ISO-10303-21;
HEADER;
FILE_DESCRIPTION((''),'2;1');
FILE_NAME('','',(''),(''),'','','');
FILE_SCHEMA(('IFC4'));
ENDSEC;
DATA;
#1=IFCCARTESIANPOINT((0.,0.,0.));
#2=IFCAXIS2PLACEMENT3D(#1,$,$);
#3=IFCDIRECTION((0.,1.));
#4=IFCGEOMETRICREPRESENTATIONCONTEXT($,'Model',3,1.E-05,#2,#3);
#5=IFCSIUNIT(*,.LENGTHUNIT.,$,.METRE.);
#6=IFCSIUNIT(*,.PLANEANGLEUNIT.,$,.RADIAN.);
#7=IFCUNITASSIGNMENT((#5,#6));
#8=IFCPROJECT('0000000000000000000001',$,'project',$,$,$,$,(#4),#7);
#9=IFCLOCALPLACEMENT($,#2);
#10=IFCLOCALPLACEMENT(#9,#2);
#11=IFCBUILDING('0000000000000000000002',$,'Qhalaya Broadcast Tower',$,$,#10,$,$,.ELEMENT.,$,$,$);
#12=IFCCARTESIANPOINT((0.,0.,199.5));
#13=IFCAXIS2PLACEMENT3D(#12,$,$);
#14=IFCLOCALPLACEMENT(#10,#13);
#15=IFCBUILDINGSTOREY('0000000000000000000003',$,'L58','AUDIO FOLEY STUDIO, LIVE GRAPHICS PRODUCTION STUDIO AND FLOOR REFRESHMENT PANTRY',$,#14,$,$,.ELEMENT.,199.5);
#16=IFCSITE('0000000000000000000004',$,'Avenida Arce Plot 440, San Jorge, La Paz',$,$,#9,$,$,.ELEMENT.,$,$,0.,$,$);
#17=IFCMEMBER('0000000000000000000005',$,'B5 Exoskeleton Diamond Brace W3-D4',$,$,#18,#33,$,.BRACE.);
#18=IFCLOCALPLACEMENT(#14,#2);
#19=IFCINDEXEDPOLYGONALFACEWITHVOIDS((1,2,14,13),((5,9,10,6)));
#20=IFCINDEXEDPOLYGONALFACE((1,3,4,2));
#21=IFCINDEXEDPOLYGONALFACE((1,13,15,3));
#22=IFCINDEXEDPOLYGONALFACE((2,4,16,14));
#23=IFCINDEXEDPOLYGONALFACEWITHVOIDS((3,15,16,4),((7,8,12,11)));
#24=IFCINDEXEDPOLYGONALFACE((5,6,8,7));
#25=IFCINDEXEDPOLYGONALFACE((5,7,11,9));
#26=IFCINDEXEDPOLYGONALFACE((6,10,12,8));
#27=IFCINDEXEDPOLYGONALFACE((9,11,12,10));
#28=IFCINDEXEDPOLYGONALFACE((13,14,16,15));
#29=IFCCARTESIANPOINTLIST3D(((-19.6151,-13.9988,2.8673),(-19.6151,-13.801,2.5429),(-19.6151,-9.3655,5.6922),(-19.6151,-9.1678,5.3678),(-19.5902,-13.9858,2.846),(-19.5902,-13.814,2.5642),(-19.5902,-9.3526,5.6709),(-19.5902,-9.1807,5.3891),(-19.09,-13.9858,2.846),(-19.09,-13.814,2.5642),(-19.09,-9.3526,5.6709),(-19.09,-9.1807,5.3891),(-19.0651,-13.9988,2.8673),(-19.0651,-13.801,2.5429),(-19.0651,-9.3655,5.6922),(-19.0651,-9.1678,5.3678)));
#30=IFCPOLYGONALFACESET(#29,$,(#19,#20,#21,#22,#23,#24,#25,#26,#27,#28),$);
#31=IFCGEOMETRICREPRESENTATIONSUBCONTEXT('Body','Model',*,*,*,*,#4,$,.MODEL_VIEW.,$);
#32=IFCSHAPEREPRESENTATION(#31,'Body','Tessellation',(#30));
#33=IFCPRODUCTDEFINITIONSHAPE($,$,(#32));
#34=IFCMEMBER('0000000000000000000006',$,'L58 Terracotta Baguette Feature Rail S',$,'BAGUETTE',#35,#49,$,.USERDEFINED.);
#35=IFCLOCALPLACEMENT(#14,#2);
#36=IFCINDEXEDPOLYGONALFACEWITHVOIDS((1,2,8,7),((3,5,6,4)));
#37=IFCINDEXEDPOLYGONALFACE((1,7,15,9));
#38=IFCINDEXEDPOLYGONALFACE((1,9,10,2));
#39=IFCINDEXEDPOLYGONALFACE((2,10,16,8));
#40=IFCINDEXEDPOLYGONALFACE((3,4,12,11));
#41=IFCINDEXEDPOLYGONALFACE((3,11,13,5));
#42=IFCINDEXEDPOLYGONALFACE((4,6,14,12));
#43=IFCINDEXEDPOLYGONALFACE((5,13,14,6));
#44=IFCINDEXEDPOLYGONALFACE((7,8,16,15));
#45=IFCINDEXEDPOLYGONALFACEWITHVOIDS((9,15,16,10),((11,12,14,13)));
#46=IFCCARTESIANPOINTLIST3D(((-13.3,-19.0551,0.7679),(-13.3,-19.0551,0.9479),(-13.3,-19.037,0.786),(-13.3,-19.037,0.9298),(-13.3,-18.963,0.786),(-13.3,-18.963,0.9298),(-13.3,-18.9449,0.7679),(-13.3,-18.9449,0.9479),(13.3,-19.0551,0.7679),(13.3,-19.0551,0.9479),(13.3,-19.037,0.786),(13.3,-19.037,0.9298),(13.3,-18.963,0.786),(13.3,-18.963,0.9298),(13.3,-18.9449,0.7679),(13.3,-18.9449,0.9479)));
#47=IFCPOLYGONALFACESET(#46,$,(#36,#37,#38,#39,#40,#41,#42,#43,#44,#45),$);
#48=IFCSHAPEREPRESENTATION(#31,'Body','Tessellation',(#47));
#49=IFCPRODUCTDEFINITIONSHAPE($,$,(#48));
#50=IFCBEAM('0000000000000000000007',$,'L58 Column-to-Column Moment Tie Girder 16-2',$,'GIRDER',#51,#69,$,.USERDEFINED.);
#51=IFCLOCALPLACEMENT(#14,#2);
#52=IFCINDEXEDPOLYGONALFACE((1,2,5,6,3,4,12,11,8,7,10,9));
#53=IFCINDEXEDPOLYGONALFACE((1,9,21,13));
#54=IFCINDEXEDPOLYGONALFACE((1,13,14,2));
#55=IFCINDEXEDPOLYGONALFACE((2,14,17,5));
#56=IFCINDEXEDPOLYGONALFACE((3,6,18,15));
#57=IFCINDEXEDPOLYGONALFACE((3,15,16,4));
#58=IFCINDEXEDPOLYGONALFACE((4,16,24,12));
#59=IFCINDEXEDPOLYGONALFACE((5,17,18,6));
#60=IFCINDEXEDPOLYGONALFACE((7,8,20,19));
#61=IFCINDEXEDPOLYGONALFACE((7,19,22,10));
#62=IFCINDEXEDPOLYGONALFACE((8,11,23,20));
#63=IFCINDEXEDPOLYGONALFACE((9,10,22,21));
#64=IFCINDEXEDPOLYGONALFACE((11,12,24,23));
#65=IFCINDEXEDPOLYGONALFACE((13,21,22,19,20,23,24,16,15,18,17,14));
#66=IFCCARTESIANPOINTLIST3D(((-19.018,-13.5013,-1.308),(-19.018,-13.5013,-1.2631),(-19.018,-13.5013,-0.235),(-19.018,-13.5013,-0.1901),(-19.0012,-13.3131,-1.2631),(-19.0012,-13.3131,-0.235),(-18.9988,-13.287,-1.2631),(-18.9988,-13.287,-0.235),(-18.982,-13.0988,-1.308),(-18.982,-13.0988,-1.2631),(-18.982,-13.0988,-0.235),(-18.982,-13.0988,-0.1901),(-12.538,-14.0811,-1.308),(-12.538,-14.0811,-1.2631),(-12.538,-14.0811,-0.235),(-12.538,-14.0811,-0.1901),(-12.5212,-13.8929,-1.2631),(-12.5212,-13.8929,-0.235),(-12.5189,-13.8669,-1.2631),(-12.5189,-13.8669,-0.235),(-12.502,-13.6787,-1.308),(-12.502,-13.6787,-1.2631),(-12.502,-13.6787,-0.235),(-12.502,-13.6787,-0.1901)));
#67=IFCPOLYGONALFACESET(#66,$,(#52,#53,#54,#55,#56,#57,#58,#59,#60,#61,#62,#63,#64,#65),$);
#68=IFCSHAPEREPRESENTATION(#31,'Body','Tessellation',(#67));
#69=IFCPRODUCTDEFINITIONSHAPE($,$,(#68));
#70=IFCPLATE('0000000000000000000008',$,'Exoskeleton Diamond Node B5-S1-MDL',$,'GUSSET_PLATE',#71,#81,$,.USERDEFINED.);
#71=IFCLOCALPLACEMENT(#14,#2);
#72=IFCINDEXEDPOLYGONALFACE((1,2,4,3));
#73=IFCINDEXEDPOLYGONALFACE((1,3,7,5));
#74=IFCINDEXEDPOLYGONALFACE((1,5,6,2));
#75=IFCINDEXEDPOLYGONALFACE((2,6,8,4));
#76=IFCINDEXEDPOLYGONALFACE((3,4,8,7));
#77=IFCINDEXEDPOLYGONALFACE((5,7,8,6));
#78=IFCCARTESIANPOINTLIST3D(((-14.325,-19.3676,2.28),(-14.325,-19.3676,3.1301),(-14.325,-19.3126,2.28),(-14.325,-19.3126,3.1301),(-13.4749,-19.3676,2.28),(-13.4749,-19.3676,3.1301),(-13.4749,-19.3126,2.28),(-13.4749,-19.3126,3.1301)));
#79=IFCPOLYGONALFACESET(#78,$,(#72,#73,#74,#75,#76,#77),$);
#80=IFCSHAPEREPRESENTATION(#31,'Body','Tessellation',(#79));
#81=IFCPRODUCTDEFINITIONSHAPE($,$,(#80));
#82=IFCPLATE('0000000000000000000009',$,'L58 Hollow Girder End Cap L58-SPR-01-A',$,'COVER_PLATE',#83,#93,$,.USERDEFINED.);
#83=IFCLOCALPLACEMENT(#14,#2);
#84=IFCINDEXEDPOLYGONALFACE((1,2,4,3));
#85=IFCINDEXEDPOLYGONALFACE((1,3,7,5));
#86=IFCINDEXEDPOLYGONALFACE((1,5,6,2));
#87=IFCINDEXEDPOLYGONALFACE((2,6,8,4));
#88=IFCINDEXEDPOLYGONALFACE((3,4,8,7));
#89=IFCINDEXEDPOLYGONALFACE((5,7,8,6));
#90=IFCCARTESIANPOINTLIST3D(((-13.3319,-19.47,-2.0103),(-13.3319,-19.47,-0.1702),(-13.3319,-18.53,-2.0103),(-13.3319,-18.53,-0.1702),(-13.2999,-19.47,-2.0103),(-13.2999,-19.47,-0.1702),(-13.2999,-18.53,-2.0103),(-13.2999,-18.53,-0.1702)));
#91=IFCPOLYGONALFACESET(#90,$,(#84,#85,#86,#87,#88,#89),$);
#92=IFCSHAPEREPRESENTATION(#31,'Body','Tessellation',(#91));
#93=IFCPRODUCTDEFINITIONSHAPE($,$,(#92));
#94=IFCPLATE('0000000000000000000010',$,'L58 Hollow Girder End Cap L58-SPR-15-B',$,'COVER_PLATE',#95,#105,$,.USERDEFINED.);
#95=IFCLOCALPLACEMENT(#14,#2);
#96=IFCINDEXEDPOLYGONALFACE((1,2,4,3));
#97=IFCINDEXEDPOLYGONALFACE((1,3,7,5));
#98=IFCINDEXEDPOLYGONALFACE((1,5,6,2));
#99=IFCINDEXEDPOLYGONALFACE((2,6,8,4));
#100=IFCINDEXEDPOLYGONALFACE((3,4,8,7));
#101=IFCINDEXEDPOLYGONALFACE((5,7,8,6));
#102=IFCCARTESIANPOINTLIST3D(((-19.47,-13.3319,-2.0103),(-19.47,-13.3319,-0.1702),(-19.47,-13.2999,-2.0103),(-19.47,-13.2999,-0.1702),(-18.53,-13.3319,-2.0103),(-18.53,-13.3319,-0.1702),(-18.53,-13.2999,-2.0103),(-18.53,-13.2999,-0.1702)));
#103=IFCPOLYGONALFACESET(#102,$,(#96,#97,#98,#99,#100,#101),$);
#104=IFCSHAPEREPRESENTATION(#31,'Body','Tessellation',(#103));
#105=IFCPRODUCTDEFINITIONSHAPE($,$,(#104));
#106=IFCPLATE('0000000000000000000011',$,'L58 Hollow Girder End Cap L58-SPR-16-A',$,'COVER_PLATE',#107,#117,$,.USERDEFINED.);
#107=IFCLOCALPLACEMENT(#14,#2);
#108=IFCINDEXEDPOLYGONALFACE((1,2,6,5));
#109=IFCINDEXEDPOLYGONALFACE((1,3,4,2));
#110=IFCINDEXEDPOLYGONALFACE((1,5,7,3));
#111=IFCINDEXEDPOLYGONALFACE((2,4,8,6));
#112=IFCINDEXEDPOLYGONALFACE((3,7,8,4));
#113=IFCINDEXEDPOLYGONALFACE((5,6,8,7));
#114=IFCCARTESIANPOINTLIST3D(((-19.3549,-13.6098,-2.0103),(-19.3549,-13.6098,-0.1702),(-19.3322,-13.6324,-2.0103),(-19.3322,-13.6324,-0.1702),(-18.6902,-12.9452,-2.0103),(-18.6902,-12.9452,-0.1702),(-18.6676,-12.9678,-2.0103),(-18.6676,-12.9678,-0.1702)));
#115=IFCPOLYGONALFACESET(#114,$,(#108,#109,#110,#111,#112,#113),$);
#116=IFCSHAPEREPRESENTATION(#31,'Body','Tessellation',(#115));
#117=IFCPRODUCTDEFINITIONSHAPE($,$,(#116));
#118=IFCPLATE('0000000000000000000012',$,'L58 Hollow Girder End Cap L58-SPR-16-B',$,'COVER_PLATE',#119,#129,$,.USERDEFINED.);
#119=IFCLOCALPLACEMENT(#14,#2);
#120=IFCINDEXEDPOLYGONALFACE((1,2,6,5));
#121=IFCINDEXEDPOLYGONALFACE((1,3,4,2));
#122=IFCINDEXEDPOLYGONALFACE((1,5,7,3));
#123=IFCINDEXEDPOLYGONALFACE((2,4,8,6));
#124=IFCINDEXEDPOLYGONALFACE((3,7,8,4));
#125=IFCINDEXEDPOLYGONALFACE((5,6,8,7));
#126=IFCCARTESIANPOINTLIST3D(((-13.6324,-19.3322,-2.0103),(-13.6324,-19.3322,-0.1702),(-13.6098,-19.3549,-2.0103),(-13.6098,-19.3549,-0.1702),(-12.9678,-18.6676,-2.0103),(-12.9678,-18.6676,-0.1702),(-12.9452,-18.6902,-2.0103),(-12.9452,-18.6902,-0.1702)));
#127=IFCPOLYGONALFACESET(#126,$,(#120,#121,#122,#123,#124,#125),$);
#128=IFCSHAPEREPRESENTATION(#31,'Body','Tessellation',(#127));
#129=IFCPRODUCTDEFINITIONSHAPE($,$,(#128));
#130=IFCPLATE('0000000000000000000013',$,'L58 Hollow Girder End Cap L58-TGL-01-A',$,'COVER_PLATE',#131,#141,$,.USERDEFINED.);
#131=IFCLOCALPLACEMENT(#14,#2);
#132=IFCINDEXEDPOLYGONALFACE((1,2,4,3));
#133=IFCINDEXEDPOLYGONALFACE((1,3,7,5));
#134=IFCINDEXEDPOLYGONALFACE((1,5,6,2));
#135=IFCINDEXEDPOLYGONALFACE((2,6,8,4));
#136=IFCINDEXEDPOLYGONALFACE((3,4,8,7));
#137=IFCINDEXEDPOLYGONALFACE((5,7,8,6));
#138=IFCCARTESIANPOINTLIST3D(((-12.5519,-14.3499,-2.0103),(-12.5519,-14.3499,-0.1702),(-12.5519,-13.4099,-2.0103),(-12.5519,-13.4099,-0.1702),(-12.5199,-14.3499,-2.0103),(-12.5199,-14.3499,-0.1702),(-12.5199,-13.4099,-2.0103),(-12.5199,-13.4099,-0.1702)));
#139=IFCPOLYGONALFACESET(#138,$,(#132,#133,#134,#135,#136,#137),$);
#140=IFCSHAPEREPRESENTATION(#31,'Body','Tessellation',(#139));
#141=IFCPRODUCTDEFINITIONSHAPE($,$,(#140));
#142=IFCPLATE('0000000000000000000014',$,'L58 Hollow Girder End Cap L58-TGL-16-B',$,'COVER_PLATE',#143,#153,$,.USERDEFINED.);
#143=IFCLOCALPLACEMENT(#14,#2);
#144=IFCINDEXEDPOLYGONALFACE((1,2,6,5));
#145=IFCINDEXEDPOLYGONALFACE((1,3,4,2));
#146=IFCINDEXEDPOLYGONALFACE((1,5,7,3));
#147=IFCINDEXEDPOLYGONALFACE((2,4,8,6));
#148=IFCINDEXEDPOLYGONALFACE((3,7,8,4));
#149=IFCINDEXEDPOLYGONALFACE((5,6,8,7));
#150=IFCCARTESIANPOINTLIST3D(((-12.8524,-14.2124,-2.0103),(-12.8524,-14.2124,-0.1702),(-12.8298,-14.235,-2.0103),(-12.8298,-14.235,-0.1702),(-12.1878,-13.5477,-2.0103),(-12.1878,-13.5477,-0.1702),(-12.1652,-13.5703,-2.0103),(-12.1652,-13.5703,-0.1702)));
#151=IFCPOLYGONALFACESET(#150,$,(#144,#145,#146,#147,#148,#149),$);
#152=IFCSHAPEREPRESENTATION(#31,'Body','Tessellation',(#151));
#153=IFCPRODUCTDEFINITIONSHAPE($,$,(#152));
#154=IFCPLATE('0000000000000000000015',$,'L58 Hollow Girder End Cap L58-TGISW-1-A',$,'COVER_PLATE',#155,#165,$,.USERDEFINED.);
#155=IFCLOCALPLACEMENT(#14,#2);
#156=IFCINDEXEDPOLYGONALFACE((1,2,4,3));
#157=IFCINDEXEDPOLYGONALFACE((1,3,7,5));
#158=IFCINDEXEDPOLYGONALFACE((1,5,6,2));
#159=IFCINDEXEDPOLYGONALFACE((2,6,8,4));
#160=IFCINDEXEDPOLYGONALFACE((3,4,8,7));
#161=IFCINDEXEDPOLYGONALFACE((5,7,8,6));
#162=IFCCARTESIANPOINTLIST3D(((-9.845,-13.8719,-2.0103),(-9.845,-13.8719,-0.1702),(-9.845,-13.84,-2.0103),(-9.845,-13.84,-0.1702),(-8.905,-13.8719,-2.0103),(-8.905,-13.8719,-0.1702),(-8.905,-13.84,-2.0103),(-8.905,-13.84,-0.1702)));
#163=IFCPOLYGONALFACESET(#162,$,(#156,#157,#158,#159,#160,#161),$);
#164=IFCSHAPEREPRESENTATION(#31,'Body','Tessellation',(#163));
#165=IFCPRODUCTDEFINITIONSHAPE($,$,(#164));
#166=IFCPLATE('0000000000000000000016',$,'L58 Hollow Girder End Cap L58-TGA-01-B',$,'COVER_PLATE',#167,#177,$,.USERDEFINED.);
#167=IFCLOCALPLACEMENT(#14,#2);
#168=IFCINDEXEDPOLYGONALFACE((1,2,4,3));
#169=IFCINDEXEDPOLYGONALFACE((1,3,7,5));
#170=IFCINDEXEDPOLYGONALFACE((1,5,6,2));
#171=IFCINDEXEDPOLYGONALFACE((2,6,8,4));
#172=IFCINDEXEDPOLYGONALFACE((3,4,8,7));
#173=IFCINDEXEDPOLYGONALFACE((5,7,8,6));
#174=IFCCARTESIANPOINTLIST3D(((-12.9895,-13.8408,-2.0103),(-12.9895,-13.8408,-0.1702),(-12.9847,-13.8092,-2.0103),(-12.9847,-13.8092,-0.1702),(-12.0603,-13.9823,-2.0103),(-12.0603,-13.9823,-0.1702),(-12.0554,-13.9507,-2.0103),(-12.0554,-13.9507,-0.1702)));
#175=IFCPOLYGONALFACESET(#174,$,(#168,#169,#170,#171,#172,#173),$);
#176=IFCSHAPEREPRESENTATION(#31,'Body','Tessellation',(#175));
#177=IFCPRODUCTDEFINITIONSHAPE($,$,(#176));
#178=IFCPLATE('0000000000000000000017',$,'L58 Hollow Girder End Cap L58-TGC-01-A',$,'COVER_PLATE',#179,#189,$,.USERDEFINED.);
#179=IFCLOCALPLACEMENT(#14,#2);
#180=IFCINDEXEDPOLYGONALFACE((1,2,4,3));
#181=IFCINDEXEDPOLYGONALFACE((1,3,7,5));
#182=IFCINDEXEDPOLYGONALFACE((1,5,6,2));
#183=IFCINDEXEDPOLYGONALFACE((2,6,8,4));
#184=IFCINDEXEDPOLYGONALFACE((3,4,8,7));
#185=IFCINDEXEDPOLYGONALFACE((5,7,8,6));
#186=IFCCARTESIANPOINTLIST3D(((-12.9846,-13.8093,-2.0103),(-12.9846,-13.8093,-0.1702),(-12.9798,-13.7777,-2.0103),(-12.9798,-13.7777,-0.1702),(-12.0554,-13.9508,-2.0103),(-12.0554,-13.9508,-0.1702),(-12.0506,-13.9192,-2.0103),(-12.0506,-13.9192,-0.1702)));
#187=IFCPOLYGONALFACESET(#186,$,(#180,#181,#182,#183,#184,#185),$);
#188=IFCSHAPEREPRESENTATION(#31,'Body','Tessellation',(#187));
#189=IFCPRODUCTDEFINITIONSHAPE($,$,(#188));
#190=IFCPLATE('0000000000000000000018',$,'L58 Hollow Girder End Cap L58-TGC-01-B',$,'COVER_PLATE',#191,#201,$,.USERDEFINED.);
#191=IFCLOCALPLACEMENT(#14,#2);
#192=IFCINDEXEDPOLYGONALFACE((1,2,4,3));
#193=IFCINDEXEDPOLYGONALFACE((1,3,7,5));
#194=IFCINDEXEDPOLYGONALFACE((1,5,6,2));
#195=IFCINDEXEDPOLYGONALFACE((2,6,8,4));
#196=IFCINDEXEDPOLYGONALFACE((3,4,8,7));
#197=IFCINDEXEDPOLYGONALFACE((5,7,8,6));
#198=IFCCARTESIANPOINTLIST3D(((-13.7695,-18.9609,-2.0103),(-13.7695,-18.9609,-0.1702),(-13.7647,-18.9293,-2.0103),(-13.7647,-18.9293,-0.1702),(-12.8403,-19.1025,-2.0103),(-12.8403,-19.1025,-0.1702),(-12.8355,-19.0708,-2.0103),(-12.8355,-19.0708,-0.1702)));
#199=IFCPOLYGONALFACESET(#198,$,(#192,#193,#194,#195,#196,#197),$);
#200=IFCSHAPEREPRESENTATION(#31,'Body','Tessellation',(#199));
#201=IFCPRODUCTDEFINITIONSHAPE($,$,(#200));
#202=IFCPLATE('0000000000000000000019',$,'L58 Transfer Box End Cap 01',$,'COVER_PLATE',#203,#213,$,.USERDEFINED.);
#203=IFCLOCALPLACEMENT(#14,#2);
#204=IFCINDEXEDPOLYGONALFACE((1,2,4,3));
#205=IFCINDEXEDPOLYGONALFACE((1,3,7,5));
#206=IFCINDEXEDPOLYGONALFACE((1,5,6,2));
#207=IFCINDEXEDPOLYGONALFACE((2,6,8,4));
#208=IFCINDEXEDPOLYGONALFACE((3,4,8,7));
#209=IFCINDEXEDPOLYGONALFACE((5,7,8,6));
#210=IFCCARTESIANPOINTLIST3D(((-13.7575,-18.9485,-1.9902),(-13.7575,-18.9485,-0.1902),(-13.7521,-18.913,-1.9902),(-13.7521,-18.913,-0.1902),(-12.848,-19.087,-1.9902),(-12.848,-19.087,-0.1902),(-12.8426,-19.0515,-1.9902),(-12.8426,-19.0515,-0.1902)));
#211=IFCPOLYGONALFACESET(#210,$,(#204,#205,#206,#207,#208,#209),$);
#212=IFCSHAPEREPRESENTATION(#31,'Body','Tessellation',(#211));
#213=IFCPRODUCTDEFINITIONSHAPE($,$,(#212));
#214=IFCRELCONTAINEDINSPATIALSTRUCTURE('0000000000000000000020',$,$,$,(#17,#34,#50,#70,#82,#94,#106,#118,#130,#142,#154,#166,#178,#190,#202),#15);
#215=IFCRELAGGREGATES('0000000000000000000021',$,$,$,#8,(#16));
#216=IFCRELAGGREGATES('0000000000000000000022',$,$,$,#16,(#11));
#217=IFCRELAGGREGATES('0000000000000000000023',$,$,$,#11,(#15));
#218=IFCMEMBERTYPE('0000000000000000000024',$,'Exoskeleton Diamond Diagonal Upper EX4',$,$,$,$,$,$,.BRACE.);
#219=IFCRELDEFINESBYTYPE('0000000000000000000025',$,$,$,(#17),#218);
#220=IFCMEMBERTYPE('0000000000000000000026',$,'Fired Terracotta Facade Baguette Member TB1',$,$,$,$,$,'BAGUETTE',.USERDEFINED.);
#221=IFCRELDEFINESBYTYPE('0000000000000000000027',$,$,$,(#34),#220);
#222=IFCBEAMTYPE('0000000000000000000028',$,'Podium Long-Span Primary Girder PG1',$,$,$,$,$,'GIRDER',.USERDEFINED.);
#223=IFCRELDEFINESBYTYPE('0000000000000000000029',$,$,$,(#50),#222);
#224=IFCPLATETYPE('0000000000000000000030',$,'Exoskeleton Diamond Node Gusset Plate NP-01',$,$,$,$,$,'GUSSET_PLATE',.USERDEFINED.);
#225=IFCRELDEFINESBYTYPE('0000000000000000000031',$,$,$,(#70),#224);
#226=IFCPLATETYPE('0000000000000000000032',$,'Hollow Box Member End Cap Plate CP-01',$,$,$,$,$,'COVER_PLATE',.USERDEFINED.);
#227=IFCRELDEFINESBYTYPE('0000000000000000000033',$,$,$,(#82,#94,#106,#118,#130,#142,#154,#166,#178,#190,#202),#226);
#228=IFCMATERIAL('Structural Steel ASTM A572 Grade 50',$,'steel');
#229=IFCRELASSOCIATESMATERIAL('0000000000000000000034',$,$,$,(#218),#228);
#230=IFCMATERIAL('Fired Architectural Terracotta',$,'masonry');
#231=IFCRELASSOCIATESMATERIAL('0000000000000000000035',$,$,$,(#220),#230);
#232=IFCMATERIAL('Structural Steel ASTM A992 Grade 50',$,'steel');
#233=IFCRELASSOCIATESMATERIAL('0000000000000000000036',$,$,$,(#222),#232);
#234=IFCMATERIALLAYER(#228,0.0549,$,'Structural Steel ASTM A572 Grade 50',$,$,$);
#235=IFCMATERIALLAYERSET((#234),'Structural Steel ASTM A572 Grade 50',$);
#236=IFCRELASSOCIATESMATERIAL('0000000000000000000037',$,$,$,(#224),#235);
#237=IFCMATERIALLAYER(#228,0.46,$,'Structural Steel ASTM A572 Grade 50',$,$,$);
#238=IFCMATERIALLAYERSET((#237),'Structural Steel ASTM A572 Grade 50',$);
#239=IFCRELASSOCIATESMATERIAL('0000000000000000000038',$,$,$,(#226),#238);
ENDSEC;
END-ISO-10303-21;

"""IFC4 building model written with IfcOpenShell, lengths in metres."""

from ifc_helpers import new_model, si_unit, direction, frame, origin, origin_2d, place, context, subcontext, project, spatial, rectangle, hollow_rectangle, i_section, extrude, material, layer, layer_set, material_profile, profile_set, type_object, element, save


model = new_model("IFC4")

# Units and contexts
model_context = context("Model", 3, precision=1e-05, world=origin(), true_north=direction((0.0, 1.0)))
body_context = subcontext(model_context, "Body", "Model", "MODEL_VIEW")
ifc_project = project(units=[si_unit("LENGTHUNIT", "METRE"), si_unit("PLANEANGLEUNIT", "RADIAN")], contexts=[model_context])

# Site, building, storey
site_placement = place(None, origin())
site = spatial("IfcSite", under=ifc_project, at=site_placement, Name="Avenida Arce Plot 440, San Jorge, La Paz", CompositionType="ELEMENT", RefElevation=0.0)
building_placement = place(site_placement, origin())
building = spatial("IfcBuilding", under=site, at=building_placement, Name="Qhalaya Broadcast Tower", CompositionType="ELEMENT")
storey_placement = place(building_placement, frame((0.0, 0.0, 199.5)))
storey = spatial("IfcBuildingStorey", under=building, at=storey_placement, Name="L58", Description="AUDIO FOLEY STUDIO, LIVE GRAPHICS PRODUCTION STUDIO AND FLOOR REFRESHMENT PANTRY", CompositionType="ELEMENT", Elevation=199.5)

# Shared definitions
ifc_material_1 = material(Name="Structural Steel ASTM A572 Grade 50", Category="steel")

# Shared definitions
ifc_material_2 = material(Name="Structural Steel ASTM A992 Grade 50", Category="steel")

# Members
ifc_material_profile_1 = material_profile(ifc_material_1, hollow_rectangle(XDim=0.3799, YDim=0.55, WallThickness=0.0249, at=origin_2d()), Name="BOX 380x550x25")
ifc_profile_set_1 = profile_set([ifc_material_profile_1], Name="Structural Steel ASTM A572 Grade 50")
member_type_1 = type_object("IfcMemberType", Name="Exoskeleton Diamond Diagonal Upper EX4", PredefinedType="BRACE", material=ifc_profile_set_1)
for number, where, z_axis, x_axis, name in (
    (1, (-19.3401, -13.8999, 2.7051), (0.0, 0.853815, 0.520576), (0.0, -0.520576, 0.853815), "B5 Exoskeleton Diamond Brace W3-D4"),
):
    element("IfcMember", number, at=place(storey_placement, frame(where, z_axis=z_axis, x_axis=x_axis)), inside=storey, type_object=member_type_1, Name=name, PredefinedType="BRACE", context=body_context, shape_type="SweptSolid", body=[
        extrude(hollow_rectangle(XDim=0.3799, YDim=0.55, WallThickness=0.0249, at=origin_2d()), origin(), (0.0, 0.0, 1.0), 5.4265),
    ])
ifc_material_3 = material(Name="Fired Architectural Terracotta", Category="masonry")
ifc_material_profile_2 = material_profile(ifc_material_3, hollow_rectangle(XDim=0.1101, YDim=0.1799, WallThickness=0.0181, at=origin_2d()), Name="TB-BAG 110x180x18")
ifc_profile_set_2 = profile_set([ifc_material_profile_2], Name="Fired Architectural Terracotta")
member_type_2 = type_object("IfcMemberType", Name="Fired Terracotta Facade Baguette Member TB1", ElementType="BAGUETTE", PredefinedType="USERDEFINED", material=ifc_profile_set_2)
member_placement = place(storey_placement, frame((-13.3, -19.0, 0.8579), z_axis=(1.0, 0.0, 0.0), x_axis=(0.0, 1.0, 0.0)))
element("IfcMember", 2, at=member_placement, inside=storey, type_object=member_type_2, Name="L58 Terracotta Baguette Feature Rail S", ObjectType="BAGUETTE", PredefinedType="USERDEFINED", context=body_context, shape_type="SweptSolid", body=[
    extrude(hollow_rectangle(XDim=0.1101, YDim=0.1799, WallThickness=0.0181, at=origin_2d()), origin(), (0.0, 0.0, 1.0), 26.6001),
])

# Beam
ifc_material_profile_3 = material_profile(ifc_material_2, i_section(OverallWidth=0.4041, OverallDepth=1.1179, WebThickness=0.0261, FlangeThickness=0.0449, at=origin_2d()), Name="W44X335")
ifc_profile_set_3 = profile_set([ifc_material_profile_3], Name="Structural Steel ASTM A992 Grade 50")
beam_type_1 = type_object("IfcBeamType", Name="Podium Long-Span Primary Girder PG1", ElementType="GIRDER", PredefinedType="USERDEFINED", material=ifc_profile_set_3)
beam_1_placement = place(storey_placement, frame((-12.52, -13.8799, -0.749), z_axis=(-0.99602, 0.089125, 0.0), x_axis=(-0.089125, -0.99602, 0.0)))
element("IfcBeam", 3, at=beam_1_placement, inside=storey, type_object=beam_type_1, Name="L58 Column-to-Column Moment Tie Girder 16-2", ObjectType="GIRDER", PredefinedType="USERDEFINED", context=body_context, shape_type="SweptSolid", body=[
    extrude(i_section(OverallWidth=0.4041, OverallDepth=1.1179, WebThickness=0.0261, FlangeThickness=0.0449, at=origin_2d()), origin(), (0.0, 0.0, 1.0), 6.5059),
])

# Plates
ifc_layer_1 = layer(ifc_material_1, 0.0549, Name="Structural Steel ASTM A572 Grade 50")
ifc_layer_set_1 = layer_set([ifc_layer_1], Name="Structural Steel ASTM A572 Grade 50")
plate_type_1 = type_object("IfcPlateType", Name="Exoskeleton Diamond Node Gusset Plate NP-01", ElementType="GUSSET_PLATE", PredefinedType="USERDEFINED", material=ifc_layer_set_1)
plate_1_placement = place(storey_placement, frame((-13.8999, -19.3401, 2.28), z_axis=(0.0, 0.0, 1.0), x_axis=(1.0, 0.0, 0.0)))
element("IfcPlate", 4, at=plate_1_placement, inside=storey, type_object=plate_type_1, Name="Exoskeleton Diamond Node B5-S1-MDL", ObjectType="GUSSET_PLATE", PredefinedType="USERDEFINED", context=body_context, shape_type="SweptSolid", body=[
    extrude(rectangle(XDim=0.8501, YDim=0.0549, at=origin_2d()), origin(), (0.0, 0.0, 1.0), 0.8501),
])
ifc_layer_2 = layer(ifc_material_1, 0.46, Name="Structural Steel ASTM A572 Grade 50")
ifc_layer_set_2 = layer_set([ifc_layer_2], Name="Structural Steel ASTM A572 Grade 50")
plate_type_2 = type_object("IfcPlateType", Name="Hollow Box Member End Cap Plate CP-01", ElementType="COVER_PLATE", PredefinedType="USERDEFINED", material=ifc_layer_set_2)
for number, where, z_axis, x_axis, name in (
    (5, (-13.3159, -19.0, -2.0103), (0.0, 0.0, 1.0), (0.0, 1.0, 0.0), "L58 Hollow Girder End Cap L58-SPR-01-A"),
    (6, (-19.0, -13.3159, -2.0103), (0.0, 0.0, 1.0), (1.0, 0.0, 0.0), "L58 Hollow Girder End Cap L58-SPR-15-B"),
    (7, (-19.0112, -13.2888, -2.0103), (0.0, 0.0, 1.0), (0.707107, 0.707107, 0.0), "L58 Hollow Girder End Cap L58-SPR-16-A"),
    (8, (-13.2888, -19.0112, -2.0103), (0.0, 0.0, 1.0), (0.707107, 0.707107, 0.0), "L58 Hollow Girder End Cap L58-SPR-16-B"),
    (9, (-12.5359, -13.8799, -2.0103), (0.0, 0.0, 1.0), (0.0, 1.0, 0.0), "L58 Hollow Girder End Cap L58-TGL-01-A"),
    (10, (-12.5088, -13.8914, -2.0103), (0.0, 0.0, 1.0), (0.707107, 0.707107, 0.0), "L58 Hollow Girder End Cap L58-TGL-16-B"),
    (11, (-9.375, -13.856, -2.0103), (0.0, 0.0, 1.0), (-1.0, 0.0, 0.0), "L58 Hollow Girder End Cap L58-TGISW-1-A"),
    (12, (-12.5225, -13.8958, -2.0103), (0.0, 0.0, 1.0), (0.988594, -0.150605, 0.0), "L58 Hollow Girder End Cap L58-TGA-01-B"),
    (13, (-12.5176, -13.8643, -2.0103), (0.0, 0.0, 1.0), (0.988594, -0.150605, 0.0), "L58 Hollow Girder End Cap L58-TGC-01-A"),
    (14, (-13.3025, -19.0159, -2.0103), (0.0, 0.0, 1.0), (0.988594, -0.150605, 0.0), "L58 Hollow Girder End Cap L58-TGC-01-B"),
):
    element("IfcPlate", number, at=place(storey_placement, frame(where, z_axis=z_axis, x_axis=x_axis)), inside=storey, type_object=plate_type_2, Name=name, ObjectType="COVER_PLATE", PredefinedType="USERDEFINED", context=body_context, shape_type="SweptSolid", body=[
        extrude(rectangle(XDim=0.9399, YDim=0.032, at=origin_2d()), origin(), (0.0, 0.0, 1.0), 1.8401),
    ])
plate_2_placement = place(storey_placement, frame((-13.3, -19.0, -1.9902), z_axis=(0.0, 0.0, 1.0), x_axis=(0.988594, -0.150605, 0.0)))
element("IfcPlate", 15, at=plate_2_placement, inside=storey, type_object=plate_type_2, Name="L58 Transfer Box End Cap 01", ObjectType="COVER_PLATE", PredefinedType="USERDEFINED", context=body_context, shape_type="SweptSolid", body=[
    extrude(rectangle(XDim=0.9199, YDim=0.0359, at=origin_2d()), origin(), (0.0, 0.0, 1.0), 1.8),
])

save(model, "model.ifc")
